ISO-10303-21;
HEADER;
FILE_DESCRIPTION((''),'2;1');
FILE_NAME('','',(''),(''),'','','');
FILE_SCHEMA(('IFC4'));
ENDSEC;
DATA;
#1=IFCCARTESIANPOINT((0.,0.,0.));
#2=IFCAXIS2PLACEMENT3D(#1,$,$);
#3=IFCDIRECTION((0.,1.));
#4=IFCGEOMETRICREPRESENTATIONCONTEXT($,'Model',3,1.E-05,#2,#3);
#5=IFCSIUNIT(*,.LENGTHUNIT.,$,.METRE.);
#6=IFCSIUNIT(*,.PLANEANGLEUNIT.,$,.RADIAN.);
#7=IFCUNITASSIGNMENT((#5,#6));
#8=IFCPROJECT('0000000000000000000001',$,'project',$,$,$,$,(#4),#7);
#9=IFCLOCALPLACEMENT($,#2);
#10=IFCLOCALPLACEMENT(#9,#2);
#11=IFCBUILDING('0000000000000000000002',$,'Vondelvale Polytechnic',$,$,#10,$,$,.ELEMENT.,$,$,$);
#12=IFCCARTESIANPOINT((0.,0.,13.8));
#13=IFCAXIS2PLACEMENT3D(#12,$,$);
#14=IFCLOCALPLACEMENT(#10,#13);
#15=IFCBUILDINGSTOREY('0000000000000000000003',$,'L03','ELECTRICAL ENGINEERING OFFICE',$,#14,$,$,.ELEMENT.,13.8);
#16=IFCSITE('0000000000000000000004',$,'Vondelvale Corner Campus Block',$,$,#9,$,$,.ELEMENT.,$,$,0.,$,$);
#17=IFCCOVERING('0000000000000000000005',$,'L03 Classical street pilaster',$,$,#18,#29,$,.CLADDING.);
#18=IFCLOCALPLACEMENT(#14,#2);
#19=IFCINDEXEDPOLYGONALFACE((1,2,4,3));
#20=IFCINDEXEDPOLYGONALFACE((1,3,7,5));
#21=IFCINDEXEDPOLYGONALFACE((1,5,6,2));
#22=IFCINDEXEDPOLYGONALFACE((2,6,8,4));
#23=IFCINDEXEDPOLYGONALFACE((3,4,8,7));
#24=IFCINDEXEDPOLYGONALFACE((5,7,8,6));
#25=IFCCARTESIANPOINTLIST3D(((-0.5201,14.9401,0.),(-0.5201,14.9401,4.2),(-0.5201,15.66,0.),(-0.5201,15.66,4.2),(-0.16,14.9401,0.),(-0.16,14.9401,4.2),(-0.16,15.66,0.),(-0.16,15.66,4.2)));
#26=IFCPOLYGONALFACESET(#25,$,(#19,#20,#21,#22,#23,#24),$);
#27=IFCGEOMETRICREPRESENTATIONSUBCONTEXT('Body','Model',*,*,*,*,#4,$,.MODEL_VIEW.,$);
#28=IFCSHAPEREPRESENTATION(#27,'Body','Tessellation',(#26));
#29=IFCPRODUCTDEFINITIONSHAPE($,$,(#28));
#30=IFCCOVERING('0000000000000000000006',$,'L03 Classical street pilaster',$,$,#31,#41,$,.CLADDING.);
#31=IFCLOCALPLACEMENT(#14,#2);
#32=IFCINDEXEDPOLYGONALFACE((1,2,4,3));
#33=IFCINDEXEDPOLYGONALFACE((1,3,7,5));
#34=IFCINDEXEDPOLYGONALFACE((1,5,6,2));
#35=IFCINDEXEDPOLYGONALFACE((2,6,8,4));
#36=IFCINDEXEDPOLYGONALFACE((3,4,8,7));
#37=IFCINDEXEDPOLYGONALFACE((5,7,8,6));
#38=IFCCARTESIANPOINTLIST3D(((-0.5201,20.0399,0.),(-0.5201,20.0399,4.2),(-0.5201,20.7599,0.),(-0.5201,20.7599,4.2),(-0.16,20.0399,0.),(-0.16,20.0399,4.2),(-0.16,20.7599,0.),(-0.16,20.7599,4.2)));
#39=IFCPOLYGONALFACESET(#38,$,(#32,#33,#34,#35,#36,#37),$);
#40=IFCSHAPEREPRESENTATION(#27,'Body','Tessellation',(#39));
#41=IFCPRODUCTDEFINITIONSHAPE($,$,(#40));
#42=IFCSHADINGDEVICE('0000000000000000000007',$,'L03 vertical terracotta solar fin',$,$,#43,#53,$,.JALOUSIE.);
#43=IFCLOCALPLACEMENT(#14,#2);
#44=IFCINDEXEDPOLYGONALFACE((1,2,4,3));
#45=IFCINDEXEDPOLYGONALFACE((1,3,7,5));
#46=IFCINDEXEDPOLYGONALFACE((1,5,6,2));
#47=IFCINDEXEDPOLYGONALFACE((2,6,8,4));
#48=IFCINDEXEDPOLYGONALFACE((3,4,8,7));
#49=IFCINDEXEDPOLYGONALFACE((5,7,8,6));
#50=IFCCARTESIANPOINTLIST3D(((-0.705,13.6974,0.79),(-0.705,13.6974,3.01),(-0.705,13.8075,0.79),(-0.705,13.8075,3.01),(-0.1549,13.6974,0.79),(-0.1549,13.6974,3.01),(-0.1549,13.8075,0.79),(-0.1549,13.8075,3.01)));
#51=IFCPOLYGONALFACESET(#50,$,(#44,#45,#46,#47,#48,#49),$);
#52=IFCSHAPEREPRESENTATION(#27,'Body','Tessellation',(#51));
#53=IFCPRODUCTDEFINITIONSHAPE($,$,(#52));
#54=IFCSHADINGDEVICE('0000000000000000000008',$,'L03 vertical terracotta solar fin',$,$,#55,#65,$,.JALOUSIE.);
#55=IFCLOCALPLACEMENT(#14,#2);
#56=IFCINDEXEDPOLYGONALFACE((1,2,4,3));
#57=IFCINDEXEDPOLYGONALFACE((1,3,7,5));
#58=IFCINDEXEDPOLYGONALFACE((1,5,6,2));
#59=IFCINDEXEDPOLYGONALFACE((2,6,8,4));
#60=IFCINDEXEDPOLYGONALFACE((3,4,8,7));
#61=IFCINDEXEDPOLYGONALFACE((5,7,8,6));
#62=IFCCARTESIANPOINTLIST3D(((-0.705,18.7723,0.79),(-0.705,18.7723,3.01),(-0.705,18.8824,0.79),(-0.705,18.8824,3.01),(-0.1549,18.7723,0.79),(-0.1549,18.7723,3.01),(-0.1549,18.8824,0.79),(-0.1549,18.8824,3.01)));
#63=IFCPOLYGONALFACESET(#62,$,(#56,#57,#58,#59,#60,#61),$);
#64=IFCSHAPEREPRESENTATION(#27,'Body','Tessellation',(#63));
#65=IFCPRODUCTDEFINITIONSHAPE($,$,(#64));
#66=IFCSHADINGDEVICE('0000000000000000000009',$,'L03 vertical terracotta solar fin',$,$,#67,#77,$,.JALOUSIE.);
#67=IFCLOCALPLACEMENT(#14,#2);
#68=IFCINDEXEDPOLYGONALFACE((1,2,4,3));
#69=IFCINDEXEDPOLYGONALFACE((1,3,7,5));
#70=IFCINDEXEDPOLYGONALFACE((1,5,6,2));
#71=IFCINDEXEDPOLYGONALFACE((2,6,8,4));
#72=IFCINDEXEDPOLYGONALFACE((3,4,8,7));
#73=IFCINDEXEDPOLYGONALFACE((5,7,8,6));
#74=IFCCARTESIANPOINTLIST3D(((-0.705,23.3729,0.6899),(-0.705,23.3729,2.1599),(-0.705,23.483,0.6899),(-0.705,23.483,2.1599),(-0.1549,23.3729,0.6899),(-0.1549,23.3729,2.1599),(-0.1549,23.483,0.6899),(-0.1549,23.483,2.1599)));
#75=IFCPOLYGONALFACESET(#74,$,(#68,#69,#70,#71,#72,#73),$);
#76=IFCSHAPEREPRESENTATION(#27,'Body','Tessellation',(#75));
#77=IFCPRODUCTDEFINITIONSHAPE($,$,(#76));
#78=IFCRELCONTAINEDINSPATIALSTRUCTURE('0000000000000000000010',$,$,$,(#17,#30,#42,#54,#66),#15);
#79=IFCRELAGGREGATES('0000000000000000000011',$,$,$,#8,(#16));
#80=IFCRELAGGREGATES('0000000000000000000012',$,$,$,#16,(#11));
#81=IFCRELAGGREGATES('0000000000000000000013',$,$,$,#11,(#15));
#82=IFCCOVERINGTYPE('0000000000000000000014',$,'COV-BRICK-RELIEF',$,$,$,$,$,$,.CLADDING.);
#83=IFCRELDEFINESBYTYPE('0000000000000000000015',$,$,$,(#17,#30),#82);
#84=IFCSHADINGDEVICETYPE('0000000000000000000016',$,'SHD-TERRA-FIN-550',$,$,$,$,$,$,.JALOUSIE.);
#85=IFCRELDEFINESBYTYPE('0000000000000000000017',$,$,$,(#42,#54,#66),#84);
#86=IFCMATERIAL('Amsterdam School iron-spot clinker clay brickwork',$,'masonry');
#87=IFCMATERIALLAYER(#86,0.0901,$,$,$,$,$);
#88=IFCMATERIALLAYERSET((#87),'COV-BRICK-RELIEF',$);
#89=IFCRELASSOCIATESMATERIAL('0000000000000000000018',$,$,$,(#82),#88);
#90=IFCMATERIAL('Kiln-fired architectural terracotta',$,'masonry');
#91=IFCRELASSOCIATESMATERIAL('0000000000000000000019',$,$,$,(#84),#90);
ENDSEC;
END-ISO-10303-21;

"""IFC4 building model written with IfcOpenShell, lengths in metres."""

from ifc_helpers import new_model, si_unit, direction, frame, origin, origin_2d, place, context, subcontext, project, spatial, rectangle, extrude, material, layer, layer_set, type_object, element, save


model = new_model("IFC4")

# Units and contexts
model_context = context("Model", 3, precision=1e-05, world=origin(), true_north=direction((0.0, 1.0)))
body_context = subcontext(model_context, "Body", "Model", "MODEL_VIEW")
ifc_project = project(units=[si_unit("LENGTHUNIT", "METRE"), si_unit("PLANEANGLEUNIT", "RADIAN")], contexts=[model_context])

# Site, building, storey
site_placement = place(None, origin())
site = spatial("IfcSite", under=ifc_project, at=site_placement, Name="Vondelvale Corner Campus Block", CompositionType="ELEMENT", RefElevation=0.0)
building_placement = place(site_placement, origin())
building = spatial("IfcBuilding", under=site, at=building_placement, Name="Vondelvale Polytechnic", CompositionType="ELEMENT")
storey_placement = place(building_placement, frame((0.0, 0.0, 13.8)))
storey = spatial("IfcBuildingStorey", under=building, at=storey_placement, Name="L03", Description="ELECTRICAL ENGINEERING OFFICE", CompositionType="ELEMENT", Elevation=13.8)

# Shared definitions
ifc_material_1 = material(Name="Amsterdam School iron-spot clinker clay brickwork", Category="masonry")

# Coverings
ifc_layer_1 = layer(ifc_material_1, 0.0901)
ifc_layer_set_1 = layer_set([ifc_layer_1], Name="COV-BRICK-RELIEF")
covering_type = type_object("IfcCoveringType", Name="COV-BRICK-RELIEF", PredefinedType="CLADDING", material=ifc_layer_set_1)
for number, where, z_axis, x_axis, name in (
    (1, (-0.3401, 15.3, 0.0), (0.0, 0.0, 1.0), (1.0, 0.0, 0.0), "L03 Classical street pilaster"),
    (2, (-0.3401, 20.3999, 0.0), (0.0, 0.0, 1.0), (1.0, 0.0, 0.0), "L03 Classical street pilaster"),
):
    element("IfcCovering", number, at=place(storey_placement, frame(where, z_axis=z_axis, x_axis=x_axis)), inside=storey, type_object=covering_type, Name=name, PredefinedType="CLADDING", context=body_context, shape_type="SweptSolid", body=[
        extrude(rectangle(XDim=0.3601, YDim=0.72, at=origin_2d()), origin(), (0.0, 0.0, 1.0), 4.2),
    ])

# Shading devices
ifc_material_2 = material(Name="Kiln-fired architectural terracotta", Category="masonry")
shading_device_type = type_object("IfcShadingDeviceType", Name="SHD-TERRA-FIN-550", PredefinedType="JALOUSIE", material=ifc_material_2)
for number, where, z_axis, x_axis, name in (
    (3, (-0.4299, 13.7524, 0.79), (0.0, 0.0, 1.0), (0.0, 1.0, 0.0), "L03 vertical terracotta solar fin"),
    (4, (-0.4299, 18.8274, 0.79), (0.0, 0.0, 1.0), (0.0, 1.0, 0.0), "L03 vertical terracotta solar fin"),
):
    element("IfcShadingDevice", number, at=place(storey_placement, frame(where, z_axis=z_axis, x_axis=x_axis)), inside=storey, type_object=shading_device_type, Name=name, PredefinedType="JALOUSIE", context=body_context, shape_type="SweptSolid", body=[
        extrude(rectangle(XDim=0.1101, YDim=0.55, at=origin_2d()), origin(), (0.0, 0.0, 1.0), 2.22),
    ])
shading_device_placement = place(storey_placement, frame((-0.4299, 23.428, 0.6899), z_axis=(0.0, 0.0, 1.0), x_axis=(0.0, 1.0, 0.0)))
element("IfcShadingDevice", 5, at=shading_device_placement, inside=storey, type_object=shading_device_type, Name="L03 vertical terracotta solar fin", PredefinedType="JALOUSIE", context=body_context, shape_type="SweptSolid", body=[
    extrude(rectangle(XDim=0.1101, YDim=0.55, at=origin_2d()), origin(), (0.0, 0.0, 1.0), 1.47),
])

save(model, "model.ifc")
